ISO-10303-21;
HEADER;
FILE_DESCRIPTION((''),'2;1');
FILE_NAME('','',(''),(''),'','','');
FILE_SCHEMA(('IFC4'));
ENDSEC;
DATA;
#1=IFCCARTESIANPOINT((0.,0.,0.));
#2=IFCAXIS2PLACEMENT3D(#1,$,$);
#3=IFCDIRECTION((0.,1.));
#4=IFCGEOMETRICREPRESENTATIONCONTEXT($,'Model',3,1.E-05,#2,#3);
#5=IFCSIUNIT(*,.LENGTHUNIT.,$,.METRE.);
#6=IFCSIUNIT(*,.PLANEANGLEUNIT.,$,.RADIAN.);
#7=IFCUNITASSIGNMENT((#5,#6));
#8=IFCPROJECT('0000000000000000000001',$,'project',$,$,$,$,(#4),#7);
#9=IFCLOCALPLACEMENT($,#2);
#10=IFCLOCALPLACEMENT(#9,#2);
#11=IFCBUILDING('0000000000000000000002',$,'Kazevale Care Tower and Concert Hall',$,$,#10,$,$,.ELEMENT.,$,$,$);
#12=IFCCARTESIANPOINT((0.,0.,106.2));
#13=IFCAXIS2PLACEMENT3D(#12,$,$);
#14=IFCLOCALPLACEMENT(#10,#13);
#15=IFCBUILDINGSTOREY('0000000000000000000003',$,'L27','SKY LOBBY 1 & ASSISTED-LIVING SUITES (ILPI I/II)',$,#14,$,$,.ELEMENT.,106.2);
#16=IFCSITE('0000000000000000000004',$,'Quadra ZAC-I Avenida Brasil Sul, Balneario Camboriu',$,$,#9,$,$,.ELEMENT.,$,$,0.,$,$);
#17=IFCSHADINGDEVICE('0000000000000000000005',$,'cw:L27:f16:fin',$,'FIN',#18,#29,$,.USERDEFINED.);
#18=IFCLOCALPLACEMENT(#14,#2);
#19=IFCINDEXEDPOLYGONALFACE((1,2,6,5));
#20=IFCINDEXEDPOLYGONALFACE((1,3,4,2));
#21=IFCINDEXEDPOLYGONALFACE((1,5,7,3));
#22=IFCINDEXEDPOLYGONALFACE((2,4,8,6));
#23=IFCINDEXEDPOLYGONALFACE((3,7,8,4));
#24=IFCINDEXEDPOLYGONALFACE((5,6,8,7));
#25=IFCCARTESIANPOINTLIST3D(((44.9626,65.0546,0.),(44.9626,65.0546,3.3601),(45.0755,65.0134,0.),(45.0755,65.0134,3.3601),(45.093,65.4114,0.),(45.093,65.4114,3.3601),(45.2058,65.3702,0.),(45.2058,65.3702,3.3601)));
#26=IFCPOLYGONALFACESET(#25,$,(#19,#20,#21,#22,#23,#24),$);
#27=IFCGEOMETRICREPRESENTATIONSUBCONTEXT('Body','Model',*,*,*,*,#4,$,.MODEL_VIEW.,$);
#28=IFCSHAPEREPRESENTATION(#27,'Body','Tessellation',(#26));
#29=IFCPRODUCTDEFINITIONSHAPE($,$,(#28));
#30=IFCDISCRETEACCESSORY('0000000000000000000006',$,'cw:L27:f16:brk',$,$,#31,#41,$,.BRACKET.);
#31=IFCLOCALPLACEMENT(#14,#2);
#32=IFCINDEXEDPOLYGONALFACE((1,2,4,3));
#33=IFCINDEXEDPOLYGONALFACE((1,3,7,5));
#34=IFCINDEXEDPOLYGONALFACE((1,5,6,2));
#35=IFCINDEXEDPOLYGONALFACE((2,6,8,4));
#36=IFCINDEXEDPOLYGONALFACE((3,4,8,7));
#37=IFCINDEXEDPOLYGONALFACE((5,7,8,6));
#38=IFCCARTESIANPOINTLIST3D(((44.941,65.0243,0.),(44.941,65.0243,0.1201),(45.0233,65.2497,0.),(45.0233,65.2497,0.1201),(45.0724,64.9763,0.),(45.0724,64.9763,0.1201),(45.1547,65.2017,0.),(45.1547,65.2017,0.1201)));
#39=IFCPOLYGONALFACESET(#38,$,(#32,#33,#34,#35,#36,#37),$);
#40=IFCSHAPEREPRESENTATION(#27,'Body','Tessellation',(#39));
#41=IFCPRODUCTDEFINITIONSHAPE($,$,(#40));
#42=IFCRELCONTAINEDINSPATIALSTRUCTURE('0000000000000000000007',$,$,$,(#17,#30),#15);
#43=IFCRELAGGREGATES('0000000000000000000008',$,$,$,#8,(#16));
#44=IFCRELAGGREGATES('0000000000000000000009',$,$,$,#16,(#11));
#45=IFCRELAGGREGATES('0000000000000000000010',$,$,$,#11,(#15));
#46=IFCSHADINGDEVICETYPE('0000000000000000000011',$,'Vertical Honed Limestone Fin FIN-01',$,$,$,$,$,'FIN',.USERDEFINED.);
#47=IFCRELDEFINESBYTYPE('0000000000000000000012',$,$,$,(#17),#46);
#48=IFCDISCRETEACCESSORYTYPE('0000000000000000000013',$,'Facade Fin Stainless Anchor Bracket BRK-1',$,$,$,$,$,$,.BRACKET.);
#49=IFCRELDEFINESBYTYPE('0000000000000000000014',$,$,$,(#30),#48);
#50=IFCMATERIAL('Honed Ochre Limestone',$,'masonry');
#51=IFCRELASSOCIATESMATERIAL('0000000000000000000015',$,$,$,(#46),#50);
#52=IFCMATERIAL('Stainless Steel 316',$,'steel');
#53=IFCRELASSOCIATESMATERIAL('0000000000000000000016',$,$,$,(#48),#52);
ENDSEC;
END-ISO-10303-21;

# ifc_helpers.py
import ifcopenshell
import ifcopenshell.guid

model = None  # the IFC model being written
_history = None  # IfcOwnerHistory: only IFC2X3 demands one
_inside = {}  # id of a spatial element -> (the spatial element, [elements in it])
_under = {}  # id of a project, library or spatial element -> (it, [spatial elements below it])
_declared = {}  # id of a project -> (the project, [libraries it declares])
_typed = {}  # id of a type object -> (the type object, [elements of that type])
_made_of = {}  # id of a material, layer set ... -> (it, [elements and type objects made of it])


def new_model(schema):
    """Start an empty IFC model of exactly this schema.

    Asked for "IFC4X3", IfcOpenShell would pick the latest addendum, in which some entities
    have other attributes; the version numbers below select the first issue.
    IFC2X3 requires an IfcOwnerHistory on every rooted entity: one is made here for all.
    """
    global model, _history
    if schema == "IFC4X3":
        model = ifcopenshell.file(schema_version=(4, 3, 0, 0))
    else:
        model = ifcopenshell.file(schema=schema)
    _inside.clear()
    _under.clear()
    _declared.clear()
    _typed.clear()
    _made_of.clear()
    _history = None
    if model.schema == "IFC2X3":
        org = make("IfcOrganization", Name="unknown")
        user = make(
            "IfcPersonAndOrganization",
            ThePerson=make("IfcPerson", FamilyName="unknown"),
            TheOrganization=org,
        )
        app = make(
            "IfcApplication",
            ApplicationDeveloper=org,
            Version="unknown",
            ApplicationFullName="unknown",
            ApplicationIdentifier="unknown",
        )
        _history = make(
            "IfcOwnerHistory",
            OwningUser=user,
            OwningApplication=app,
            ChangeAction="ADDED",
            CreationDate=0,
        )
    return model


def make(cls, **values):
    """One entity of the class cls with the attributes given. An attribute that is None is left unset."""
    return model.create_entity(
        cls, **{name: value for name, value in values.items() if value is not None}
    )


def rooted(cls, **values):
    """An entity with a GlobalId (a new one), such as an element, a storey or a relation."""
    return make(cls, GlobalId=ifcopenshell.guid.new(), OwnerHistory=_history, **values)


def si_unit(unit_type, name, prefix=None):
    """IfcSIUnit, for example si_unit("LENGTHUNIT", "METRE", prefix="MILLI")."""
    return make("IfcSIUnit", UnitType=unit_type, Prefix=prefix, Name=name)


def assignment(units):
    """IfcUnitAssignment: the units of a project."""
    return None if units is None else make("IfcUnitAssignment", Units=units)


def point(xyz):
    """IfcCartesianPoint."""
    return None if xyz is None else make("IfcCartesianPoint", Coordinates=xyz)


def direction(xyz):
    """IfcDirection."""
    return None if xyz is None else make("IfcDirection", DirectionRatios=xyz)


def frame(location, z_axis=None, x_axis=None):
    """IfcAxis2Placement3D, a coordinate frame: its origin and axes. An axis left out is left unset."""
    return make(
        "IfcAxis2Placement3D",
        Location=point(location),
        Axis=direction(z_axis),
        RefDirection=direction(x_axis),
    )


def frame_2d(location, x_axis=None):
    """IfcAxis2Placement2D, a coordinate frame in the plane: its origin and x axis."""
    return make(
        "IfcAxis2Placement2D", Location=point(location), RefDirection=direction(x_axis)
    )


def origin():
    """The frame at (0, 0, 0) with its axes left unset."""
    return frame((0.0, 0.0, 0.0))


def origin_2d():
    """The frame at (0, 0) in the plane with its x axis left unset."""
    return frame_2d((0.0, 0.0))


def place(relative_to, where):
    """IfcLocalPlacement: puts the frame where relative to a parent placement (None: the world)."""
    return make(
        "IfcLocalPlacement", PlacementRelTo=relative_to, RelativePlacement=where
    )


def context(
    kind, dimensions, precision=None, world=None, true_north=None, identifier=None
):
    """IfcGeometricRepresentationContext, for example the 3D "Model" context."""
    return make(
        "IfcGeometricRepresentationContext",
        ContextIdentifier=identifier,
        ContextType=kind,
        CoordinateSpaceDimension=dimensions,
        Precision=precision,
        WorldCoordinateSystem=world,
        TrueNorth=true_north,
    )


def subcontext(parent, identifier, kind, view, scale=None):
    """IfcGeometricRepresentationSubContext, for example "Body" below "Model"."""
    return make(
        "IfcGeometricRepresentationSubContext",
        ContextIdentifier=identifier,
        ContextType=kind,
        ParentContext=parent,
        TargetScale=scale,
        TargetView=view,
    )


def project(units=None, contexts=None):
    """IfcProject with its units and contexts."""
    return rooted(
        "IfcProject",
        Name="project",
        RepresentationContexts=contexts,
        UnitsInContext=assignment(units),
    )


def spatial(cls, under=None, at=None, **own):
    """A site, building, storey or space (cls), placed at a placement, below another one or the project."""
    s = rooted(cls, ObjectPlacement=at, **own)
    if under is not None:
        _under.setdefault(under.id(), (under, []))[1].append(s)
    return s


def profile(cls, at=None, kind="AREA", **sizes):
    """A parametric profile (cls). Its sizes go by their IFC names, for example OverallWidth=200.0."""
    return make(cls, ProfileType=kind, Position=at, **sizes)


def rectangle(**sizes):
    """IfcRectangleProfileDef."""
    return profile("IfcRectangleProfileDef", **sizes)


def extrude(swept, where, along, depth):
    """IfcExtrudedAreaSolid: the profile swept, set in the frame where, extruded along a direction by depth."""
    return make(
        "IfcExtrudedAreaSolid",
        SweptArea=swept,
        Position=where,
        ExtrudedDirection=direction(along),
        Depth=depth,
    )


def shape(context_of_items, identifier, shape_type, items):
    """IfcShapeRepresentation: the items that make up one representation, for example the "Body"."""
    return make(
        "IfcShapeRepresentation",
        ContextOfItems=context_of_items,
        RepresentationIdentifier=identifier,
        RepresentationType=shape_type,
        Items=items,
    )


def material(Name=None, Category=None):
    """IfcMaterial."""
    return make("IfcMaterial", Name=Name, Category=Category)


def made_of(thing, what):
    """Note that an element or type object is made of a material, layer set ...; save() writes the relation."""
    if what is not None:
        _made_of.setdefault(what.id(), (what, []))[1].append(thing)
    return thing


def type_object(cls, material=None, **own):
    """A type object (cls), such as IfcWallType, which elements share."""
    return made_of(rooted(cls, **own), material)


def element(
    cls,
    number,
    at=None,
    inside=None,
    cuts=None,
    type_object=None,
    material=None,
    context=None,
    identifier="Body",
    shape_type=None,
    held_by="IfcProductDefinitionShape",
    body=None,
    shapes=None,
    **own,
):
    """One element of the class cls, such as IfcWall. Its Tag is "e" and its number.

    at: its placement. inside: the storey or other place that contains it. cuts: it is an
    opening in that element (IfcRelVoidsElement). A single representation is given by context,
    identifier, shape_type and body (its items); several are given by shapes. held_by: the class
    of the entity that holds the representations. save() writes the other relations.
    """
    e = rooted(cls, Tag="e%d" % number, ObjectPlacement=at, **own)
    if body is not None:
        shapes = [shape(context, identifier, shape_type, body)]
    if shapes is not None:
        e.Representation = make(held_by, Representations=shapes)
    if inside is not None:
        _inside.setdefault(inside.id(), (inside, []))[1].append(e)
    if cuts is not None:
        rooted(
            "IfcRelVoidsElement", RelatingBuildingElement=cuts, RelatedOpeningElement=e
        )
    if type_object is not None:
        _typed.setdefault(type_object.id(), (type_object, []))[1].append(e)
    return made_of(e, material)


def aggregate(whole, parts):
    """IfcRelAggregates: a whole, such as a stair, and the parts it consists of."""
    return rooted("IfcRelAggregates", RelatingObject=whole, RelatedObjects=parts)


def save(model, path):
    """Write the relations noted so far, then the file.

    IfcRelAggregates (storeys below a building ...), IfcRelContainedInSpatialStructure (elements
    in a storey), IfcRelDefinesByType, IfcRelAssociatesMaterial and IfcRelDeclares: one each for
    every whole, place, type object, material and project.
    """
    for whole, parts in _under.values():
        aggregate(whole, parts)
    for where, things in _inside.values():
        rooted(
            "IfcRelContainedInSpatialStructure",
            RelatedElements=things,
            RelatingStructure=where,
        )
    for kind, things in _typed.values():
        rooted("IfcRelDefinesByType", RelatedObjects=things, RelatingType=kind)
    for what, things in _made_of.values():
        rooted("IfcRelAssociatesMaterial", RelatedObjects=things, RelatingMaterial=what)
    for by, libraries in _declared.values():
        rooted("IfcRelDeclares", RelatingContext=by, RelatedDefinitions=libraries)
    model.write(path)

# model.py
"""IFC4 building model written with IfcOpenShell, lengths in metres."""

from ifc_helpers import new_model, si_unit, direction, frame, origin, origin_2d, place, context, subcontext, project, spatial, rectangle, extrude, material, type_object, element, save


model = new_model("IFC4")

# Units and contexts
model_context = context("Model", 3, precision=1e-05, world=origin(), true_north=direction((0.0, 1.0)))
body_context = subcontext(model_context, "Body", "Model", "MODEL_VIEW")
ifc_project = project(units=[si_unit("LENGTHUNIT", "METRE"), si_unit("PLANEANGLEUNIT", "RADIAN")], contexts=[model_context])

# Site, building, storey
site_placement = place(None, origin())
site = spatial("IfcSite", under=ifc_project, at=site_placement, Name="Quadra ZAC-I Avenida Brasil Sul, Balneario Camboriu", CompositionType="ELEMENT", RefElevation=0.0)
building_placement = place(site_placement, origin())
building = spatial("IfcBuilding", under=site, at=building_placement, Name="Kazevale Care Tower and Concert Hall", CompositionType="ELEMENT")
storey_placement = place(building_placement, frame((0.0, 0.0, 106.2)))
storey = spatial("IfcBuildingStorey", under=building, at=storey_placement, Name="L27", Description="SKY LOBBY 1 & ASSISTED-LIVING SUITES (ILPI I/II)", CompositionType="ELEMENT", Elevation=106.2)

# Shading device
ifc_material_1 = material(Name="Honed Ochre Limestone", Category="masonry")
shading_device_type = type_object("IfcShadingDeviceType", Name="Vertical Honed Limestone Fin FIN-01", ElementType="FIN", PredefinedType="USERDEFINED", material=ifc_material_1)
shading_device_placement = place(storey_placement, frame((45.0842, 65.2124, 0.0), z_axis=(0.0, 0.0, 1.0), x_axis=(0.343168, 0.939274, 0.0)))
element("IfcShadingDevice", 1, at=shading_device_placement, inside=storey, type_object=shading_device_type, Name="cw:L27:f16:fin", ObjectType="FIN", PredefinedType="USERDEFINED", context=body_context, shape_type="SweptSolid", body=[
    extrude(rectangle(XDim=0.3799, YDim=0.1201, at=origin_2d()), origin(), (0.0, 0.0, 1.0), 3.3601),
])

# Discrete accessory
ifc_material_2 = material(Name="Stainless Steel 316", Category="steel")
discrete_accessory_type = type_object("IfcDiscreteAccessoryType", Name="Facade Fin Stainless Anchor Bracket BRK-1", PredefinedType="BRACKET", material=ifc_material_2)
discrete_accessory_placement = place(storey_placement, frame((45.0479, 65.113, 0.0), z_axis=(0.0, 0.0, 1.0), x_axis=(0.343168, 0.939274, 0.0)))
element("IfcDiscreteAccessory", 2, at=discrete_accessory_placement, inside=storey, type_object=discrete_accessory_type, Name="cw:L27:f16:brk", PredefinedType="BRACKET", context=body_context, shape_type="SweptSolid", body=[
    extrude(rectangle(XDim=0.24, YDim=0.1399, at=origin_2d()), origin(), (0.0, 0.0, 1.0), 0.1201),
])

save(model, "model.ifc")
